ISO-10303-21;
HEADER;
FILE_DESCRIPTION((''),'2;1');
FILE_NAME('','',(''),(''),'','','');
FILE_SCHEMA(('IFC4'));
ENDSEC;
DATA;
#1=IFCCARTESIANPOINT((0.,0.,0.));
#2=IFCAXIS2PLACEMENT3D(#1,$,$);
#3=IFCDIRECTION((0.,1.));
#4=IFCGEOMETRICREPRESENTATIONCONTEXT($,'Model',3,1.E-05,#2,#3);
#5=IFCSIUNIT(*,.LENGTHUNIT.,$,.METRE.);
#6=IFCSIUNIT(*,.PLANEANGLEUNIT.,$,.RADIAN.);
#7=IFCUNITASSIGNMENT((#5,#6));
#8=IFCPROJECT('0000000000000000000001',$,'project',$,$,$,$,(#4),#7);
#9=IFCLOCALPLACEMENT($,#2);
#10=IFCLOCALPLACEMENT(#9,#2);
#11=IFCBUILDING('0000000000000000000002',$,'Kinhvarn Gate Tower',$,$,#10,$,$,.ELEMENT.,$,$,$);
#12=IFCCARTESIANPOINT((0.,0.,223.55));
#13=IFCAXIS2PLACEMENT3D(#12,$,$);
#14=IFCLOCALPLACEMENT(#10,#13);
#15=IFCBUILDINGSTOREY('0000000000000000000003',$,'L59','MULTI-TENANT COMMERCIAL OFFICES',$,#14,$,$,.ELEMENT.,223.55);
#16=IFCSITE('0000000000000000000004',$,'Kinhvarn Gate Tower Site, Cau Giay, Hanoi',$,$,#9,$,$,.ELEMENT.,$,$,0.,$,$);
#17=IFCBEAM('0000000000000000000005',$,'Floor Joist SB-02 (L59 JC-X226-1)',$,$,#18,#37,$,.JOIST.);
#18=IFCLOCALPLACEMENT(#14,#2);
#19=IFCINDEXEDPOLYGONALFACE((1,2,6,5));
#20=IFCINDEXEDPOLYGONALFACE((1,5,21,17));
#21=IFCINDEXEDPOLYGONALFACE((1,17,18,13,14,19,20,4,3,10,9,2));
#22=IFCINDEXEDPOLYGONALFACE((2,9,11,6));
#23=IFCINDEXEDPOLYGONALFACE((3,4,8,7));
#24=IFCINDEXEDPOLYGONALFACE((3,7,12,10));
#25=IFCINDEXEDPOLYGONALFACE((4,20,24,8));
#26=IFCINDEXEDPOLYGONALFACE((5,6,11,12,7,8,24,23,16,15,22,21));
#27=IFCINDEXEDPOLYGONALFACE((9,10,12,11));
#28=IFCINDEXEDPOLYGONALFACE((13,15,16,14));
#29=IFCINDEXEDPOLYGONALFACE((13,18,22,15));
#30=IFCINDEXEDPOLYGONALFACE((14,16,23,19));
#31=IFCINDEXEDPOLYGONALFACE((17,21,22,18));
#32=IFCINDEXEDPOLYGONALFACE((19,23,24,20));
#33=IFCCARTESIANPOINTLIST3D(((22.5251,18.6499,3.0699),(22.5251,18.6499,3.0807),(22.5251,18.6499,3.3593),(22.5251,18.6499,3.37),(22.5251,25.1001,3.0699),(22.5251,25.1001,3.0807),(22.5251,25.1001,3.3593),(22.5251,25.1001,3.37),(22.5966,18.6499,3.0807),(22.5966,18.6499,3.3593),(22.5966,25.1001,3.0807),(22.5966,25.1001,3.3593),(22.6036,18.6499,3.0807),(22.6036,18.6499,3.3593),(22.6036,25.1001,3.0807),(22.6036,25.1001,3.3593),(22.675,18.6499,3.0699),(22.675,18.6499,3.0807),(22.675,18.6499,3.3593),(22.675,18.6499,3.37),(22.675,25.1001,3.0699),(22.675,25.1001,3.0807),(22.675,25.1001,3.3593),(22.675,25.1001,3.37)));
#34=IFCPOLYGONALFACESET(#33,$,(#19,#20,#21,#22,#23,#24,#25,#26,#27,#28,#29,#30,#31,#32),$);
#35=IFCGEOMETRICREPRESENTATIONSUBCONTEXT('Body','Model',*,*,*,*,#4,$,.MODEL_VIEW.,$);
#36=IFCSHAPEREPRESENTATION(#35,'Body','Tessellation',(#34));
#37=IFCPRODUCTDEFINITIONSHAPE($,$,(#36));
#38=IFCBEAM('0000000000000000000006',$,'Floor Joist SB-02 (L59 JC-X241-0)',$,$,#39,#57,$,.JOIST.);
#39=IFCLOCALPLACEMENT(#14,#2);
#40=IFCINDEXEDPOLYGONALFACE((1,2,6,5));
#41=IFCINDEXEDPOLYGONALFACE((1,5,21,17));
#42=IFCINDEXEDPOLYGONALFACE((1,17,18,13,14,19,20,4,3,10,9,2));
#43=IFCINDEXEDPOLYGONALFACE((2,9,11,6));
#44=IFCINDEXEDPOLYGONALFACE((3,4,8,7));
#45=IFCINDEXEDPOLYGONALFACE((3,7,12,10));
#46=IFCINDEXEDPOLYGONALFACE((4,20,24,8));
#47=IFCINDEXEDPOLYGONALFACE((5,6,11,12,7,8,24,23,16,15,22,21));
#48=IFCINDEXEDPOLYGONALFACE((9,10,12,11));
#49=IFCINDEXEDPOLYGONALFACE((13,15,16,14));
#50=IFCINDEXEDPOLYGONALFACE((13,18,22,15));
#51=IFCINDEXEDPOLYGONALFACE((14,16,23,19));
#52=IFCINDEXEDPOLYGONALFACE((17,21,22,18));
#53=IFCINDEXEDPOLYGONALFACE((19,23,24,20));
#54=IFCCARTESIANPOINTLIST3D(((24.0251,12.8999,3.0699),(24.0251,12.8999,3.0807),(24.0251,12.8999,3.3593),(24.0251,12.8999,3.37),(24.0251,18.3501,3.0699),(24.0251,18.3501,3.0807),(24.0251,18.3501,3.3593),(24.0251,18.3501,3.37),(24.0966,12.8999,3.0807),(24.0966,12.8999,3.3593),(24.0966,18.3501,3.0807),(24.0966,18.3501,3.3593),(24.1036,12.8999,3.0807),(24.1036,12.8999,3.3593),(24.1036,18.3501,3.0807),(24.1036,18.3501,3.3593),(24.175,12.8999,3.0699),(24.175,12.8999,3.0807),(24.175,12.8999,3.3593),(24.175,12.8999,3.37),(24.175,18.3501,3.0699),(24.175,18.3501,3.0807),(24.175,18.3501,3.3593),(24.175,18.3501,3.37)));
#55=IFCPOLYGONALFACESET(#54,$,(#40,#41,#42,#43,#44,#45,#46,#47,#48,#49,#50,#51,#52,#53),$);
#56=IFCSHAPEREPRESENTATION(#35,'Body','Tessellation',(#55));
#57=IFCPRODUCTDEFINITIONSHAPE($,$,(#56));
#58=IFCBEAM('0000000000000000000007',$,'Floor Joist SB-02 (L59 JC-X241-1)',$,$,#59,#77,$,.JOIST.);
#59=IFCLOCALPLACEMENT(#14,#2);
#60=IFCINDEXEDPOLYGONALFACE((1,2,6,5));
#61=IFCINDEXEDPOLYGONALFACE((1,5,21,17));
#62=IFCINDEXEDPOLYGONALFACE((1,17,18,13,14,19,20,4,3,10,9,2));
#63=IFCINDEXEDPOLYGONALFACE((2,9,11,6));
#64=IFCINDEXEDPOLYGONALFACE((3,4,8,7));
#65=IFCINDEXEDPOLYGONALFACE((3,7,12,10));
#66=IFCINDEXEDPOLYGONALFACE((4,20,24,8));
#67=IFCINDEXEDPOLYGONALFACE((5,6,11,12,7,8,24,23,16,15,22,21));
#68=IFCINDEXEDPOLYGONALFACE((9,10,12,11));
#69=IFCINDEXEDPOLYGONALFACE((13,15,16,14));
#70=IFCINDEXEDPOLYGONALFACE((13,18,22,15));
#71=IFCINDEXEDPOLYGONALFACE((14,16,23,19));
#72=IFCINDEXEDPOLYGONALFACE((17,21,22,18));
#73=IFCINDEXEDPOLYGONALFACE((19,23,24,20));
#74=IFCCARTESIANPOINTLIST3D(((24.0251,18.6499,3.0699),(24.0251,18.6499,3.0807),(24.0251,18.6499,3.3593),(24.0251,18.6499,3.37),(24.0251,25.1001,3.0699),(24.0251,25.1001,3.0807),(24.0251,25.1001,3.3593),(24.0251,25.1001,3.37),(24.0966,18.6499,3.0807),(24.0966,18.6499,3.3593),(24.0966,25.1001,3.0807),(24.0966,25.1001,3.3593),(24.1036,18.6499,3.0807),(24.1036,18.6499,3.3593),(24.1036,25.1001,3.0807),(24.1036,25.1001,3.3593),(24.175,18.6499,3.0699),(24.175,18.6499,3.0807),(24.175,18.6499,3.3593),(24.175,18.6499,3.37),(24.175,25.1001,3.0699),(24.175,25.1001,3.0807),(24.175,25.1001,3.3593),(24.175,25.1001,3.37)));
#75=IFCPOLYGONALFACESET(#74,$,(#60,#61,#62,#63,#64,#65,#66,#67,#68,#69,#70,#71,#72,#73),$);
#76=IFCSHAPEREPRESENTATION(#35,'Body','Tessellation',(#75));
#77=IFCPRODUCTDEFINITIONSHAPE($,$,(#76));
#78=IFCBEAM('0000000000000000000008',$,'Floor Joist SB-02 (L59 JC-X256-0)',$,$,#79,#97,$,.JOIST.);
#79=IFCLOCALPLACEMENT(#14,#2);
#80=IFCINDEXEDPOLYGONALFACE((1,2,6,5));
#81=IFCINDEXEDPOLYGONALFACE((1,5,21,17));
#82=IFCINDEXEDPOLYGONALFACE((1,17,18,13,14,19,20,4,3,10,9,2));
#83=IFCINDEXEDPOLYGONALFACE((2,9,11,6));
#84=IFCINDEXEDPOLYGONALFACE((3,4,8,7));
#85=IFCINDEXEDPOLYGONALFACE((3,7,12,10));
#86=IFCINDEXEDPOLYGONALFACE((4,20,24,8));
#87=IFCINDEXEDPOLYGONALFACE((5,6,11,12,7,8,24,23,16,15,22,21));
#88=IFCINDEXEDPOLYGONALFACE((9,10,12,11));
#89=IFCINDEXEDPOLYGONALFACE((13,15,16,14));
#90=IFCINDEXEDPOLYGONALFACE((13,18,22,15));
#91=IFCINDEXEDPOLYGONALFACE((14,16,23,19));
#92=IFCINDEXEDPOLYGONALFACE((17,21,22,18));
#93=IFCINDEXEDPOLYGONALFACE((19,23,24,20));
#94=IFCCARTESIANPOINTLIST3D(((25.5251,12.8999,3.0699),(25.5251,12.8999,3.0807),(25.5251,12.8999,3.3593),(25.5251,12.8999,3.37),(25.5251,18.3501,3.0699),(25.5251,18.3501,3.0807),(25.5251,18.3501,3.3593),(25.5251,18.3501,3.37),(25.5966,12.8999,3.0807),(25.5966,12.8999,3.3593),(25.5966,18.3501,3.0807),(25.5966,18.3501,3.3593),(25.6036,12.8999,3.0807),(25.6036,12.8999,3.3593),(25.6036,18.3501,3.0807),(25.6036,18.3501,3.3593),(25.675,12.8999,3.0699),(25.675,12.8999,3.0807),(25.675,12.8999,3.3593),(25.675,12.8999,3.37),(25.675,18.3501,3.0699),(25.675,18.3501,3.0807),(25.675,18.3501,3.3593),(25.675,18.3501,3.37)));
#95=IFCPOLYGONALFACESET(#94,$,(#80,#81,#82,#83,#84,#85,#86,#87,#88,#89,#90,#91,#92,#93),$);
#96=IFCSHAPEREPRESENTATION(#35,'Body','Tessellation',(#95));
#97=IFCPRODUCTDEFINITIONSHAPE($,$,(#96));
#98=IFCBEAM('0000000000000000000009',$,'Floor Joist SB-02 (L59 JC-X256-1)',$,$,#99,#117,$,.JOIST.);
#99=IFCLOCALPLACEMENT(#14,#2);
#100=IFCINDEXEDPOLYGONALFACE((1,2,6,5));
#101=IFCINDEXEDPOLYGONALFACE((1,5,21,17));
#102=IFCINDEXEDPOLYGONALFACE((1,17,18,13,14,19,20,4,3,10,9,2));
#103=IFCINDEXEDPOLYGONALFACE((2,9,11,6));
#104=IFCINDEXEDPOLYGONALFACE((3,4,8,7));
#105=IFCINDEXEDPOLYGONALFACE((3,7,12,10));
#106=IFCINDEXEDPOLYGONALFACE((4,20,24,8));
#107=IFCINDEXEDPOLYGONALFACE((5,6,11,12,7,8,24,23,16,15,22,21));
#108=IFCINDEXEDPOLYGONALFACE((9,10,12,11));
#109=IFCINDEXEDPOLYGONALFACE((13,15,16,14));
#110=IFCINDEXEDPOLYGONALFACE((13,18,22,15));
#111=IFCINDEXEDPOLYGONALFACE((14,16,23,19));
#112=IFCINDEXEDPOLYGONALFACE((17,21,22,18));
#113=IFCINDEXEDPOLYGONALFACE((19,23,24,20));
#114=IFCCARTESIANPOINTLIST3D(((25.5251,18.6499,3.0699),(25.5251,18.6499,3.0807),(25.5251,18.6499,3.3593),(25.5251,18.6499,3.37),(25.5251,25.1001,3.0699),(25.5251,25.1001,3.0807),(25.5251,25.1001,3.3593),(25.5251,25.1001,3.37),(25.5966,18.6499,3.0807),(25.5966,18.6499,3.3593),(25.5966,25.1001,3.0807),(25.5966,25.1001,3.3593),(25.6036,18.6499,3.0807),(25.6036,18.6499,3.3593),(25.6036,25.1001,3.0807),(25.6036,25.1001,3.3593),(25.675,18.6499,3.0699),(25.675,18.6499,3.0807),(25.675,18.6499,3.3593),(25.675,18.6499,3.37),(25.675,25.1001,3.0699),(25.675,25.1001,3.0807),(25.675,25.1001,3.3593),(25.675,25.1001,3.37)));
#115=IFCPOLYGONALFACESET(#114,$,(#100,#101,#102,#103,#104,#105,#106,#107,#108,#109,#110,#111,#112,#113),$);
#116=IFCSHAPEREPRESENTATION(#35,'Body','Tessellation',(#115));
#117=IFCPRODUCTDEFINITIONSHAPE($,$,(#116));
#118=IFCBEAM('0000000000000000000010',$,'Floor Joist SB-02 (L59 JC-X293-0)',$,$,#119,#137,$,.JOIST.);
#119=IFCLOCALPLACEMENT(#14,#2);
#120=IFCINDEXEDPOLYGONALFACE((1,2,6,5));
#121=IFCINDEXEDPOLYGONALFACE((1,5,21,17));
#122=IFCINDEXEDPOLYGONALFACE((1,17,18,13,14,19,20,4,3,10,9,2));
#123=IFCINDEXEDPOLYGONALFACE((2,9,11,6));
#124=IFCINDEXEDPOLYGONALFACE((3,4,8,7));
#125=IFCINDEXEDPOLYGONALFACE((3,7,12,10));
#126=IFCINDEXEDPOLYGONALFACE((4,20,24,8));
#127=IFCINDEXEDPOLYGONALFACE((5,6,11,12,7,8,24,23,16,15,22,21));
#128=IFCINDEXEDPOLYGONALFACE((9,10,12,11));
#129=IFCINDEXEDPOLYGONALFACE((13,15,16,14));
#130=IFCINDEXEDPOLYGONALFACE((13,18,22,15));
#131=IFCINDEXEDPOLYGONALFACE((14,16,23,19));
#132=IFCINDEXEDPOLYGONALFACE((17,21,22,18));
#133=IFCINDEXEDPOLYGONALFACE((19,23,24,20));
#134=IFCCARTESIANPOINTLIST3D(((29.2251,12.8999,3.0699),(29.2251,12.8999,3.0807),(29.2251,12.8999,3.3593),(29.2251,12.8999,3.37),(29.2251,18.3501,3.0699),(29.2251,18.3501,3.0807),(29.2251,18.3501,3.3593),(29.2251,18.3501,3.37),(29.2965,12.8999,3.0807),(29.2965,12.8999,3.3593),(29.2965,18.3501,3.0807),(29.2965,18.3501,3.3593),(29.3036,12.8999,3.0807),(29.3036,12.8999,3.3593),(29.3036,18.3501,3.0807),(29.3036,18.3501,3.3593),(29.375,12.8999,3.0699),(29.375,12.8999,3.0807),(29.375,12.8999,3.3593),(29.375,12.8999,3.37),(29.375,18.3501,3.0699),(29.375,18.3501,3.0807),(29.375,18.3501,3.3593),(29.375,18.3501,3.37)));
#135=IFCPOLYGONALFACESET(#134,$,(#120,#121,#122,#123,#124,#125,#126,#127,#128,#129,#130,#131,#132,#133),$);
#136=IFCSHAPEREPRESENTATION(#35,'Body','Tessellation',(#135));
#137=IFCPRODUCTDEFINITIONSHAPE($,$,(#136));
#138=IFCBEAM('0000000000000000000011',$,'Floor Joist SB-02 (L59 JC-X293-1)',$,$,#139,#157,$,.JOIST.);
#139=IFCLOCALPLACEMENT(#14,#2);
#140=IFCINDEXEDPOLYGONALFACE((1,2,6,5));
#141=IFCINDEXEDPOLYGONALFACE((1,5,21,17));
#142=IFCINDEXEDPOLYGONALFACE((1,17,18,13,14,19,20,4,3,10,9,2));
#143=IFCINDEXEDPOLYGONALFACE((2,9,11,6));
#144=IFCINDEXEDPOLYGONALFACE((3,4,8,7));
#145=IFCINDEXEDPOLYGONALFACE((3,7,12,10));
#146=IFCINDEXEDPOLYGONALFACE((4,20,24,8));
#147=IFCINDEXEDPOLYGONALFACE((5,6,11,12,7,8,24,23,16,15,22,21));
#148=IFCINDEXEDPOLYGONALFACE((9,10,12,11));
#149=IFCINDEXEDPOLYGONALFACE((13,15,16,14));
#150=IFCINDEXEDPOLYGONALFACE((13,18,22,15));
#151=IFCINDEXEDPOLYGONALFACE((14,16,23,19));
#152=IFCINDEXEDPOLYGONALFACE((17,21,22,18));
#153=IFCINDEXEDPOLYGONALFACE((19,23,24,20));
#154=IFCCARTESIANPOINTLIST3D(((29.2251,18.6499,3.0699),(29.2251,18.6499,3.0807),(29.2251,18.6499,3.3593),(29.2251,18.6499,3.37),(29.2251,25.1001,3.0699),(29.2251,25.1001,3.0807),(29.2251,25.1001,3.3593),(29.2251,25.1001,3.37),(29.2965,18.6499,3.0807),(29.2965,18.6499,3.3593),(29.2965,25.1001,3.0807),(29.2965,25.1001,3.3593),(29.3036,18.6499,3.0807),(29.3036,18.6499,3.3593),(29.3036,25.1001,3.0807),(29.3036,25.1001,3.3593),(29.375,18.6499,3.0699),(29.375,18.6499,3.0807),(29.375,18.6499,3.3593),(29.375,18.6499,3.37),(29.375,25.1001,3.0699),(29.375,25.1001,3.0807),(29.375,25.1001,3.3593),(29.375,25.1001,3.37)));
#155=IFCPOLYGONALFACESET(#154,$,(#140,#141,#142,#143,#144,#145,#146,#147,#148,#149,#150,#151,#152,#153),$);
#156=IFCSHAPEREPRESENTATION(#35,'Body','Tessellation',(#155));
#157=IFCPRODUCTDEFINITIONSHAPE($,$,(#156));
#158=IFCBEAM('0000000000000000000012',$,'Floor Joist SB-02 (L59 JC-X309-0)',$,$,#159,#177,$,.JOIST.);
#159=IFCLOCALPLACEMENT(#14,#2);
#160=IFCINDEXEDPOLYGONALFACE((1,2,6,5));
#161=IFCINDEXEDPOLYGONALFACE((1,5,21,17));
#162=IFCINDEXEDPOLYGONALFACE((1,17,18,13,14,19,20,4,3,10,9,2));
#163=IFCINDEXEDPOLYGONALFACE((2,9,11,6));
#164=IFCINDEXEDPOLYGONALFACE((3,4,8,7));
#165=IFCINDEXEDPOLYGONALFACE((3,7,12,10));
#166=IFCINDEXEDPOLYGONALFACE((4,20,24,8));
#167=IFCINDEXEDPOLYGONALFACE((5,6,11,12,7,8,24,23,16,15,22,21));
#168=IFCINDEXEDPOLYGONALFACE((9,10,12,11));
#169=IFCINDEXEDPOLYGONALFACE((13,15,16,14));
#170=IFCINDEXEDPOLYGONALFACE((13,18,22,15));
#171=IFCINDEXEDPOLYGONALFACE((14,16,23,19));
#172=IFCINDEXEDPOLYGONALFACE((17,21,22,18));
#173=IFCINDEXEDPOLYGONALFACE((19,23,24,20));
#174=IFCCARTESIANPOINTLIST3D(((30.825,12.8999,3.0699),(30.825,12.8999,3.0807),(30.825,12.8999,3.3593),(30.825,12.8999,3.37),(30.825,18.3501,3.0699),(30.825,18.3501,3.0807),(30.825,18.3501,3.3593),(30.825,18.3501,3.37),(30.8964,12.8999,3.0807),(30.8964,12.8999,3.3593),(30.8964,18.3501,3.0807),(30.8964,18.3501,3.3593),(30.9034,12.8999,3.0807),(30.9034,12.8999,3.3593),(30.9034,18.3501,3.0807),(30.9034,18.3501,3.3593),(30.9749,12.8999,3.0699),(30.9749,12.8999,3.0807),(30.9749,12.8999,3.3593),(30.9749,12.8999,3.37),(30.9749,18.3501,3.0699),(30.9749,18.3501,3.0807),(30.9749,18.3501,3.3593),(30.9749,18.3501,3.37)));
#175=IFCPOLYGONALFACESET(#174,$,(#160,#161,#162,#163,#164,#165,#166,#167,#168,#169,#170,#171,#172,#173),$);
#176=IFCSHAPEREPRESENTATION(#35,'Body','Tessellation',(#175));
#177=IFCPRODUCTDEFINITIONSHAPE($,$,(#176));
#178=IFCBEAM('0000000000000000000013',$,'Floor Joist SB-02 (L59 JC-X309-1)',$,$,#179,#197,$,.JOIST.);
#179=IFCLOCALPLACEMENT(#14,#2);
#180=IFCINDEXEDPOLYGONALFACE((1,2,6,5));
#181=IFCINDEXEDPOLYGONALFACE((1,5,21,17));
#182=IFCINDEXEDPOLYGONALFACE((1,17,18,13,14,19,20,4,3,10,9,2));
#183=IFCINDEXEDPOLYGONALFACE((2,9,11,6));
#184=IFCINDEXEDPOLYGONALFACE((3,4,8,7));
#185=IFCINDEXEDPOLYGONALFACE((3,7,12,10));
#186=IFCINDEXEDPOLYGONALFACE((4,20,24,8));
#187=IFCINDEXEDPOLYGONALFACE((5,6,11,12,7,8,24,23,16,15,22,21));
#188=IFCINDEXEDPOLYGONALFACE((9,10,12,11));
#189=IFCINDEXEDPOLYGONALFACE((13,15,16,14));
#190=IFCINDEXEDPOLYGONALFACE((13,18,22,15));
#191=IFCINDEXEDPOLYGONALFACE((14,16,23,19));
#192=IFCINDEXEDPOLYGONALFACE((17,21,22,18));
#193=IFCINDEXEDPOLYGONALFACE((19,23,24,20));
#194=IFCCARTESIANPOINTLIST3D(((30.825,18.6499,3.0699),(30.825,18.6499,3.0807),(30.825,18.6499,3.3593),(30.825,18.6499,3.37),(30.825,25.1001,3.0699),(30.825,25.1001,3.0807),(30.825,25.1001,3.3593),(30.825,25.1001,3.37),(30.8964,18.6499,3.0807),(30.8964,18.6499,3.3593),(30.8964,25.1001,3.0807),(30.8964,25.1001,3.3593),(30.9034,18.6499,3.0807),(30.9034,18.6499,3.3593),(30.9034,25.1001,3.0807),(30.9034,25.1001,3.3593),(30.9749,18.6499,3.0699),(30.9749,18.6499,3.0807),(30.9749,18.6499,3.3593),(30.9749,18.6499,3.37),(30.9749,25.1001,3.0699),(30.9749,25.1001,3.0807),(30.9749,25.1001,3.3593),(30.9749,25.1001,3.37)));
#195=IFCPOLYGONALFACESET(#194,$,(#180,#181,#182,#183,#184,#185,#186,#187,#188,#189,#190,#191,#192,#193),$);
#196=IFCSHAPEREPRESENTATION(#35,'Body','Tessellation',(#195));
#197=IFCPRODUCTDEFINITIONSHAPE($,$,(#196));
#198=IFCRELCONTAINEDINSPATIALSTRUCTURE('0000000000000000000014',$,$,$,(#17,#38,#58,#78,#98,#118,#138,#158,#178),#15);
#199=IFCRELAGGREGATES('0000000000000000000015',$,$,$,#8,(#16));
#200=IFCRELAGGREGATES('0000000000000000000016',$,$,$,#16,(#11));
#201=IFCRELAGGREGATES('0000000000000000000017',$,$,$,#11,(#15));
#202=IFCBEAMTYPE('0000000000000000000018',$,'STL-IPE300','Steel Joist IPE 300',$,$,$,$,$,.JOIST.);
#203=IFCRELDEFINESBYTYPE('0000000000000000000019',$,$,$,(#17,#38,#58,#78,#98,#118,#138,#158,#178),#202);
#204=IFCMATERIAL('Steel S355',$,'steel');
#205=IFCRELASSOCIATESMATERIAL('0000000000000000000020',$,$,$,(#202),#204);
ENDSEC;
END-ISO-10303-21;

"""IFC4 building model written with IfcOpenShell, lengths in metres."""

from ifc_helpers import new_model, si_unit, direction, frame, origin, origin_2d, place, context, subcontext, project, spatial, i_section, extrude, material, material_profile, profile_set, type_object, element, save


model = new_model("IFC4")

# Units and contexts
model_context = context("Model", 3, precision=1e-05, world=origin(), true_north=direction((0.0, 1.0)))
body_context = subcontext(model_context, "Body", "Model", "MODEL_VIEW")
ifc_project = project(units=[si_unit("LENGTHUNIT", "METRE"), si_unit("PLANEANGLEUNIT", "RADIAN")], contexts=[model_context])

# Site, building, storey
site_placement = place(None, origin())
site = spatial("IfcSite", under=ifc_project, at=site_placement, Name="Kinhvarn Gate Tower Site, Cau Giay, Hanoi", CompositionType="ELEMENT", RefElevation=0.0)
building_placement = place(site_placement, origin())
building = spatial("IfcBuilding", under=site, at=building_placement, Name="Kinhvarn Gate Tower", CompositionType="ELEMENT")
storey_placement = place(building_placement, frame((0.0, 0.0, 223.55)))
storey = spatial("IfcBuildingStorey", under=building, at=storey_placement, Name="L59", Description="MULTI-TENANT COMMERCIAL OFFICES", CompositionType="ELEMENT", Elevation=223.55)

# Beams
ifc_material_1 = material(Name="Steel S355", Category="steel")
ifc_material_profile = material_profile(ifc_material_1, i_section(OverallWidth=0.1499, OverallDepth=0.3, WebThickness=0.0071, FlangeThickness=0.0107, at=origin_2d()), Name="IPE 300")
ifc_profile_set = profile_set([ifc_material_profile], Name="Steel S355")
beam_type = type_object("IfcBeamType", Name="STL-IPE300", Description="Steel Joist IPE 300", PredefinedType="JOIST", material=ifc_profile_set)
beam_1_placement = place(storey_placement, frame((22.6001, 18.6499, 3.22), z_axis=(0.0, 1.0, 0.0), x_axis=(-1.0, 0.0, 0.0)))
element("IfcBeam", 1, at=beam_1_placement, inside=storey, type_object=beam_type, Name="Floor Joist SB-02 (L59 JC-X226-1)", PredefinedType="JOIST", context=body_context, shape_type="SweptSolid", body=[
    extrude(i_section(OverallWidth=0.1499, OverallDepth=0.3, WebThickness=0.0071, FlangeThickness=0.0107, at=origin_2d()), origin(), (0.0, 0.0, 1.0), 6.4502),
])
beam_2_placement = place(storey_placement, frame((24.1001, 12.8999, 3.22), z_axis=(0.0, 1.0, 0.0), x_axis=(-1.0, 0.0, 0.0)))
element("IfcBeam", 2, at=beam_2_placement, inside=storey, type_object=beam_type, Name="Floor Joist SB-02 (L59 JC-X241-0)", PredefinedType="JOIST", context=body_context, shape_type="SweptSolid", body=[
    extrude(i_section(OverallWidth=0.1499, OverallDepth=0.3, WebThickness=0.0071, FlangeThickness=0.0107, at=origin_2d()), origin(), (0.0, 0.0, 1.0), 5.4502),
])
beam_3_placement = place(storey_placement, frame((24.1001, 18.6499, 3.22), z_axis=(0.0, 1.0, 0.0), x_axis=(-1.0, 0.0, 0.0)))
element("IfcBeam", 3, at=beam_3_placement, inside=storey, type_object=beam_type, Name="Floor Joist SB-02 (L59 JC-X241-1)", PredefinedType="JOIST", context=body_context, shape_type="SweptSolid", body=[
    extrude(i_section(OverallWidth=0.1499, OverallDepth=0.3, WebThickness=0.0071, FlangeThickness=0.0107, at=origin_2d()), origin(), (0.0, 0.0, 1.0), 6.4502),
])
beam_4_placement = place(storey_placement, frame((25.6001, 12.8999, 3.22), z_axis=(0.0, 1.0, 0.0), x_axis=(-1.0, 0.0, 0.0)))
element("IfcBeam", 4, at=beam_4_placement, inside=storey, type_object=beam_type, Name="Floor Joist SB-02 (L59 JC-X256-0)", PredefinedType="JOIST", context=body_context, shape_type="SweptSolid", body=[
    extrude(i_section(OverallWidth=0.1499, OverallDepth=0.3, WebThickness=0.0071, FlangeThickness=0.0107, at=origin_2d()), origin(), (0.0, 0.0, 1.0), 5.4502),
])
beam_5_placement = place(storey_placement, frame((25.6001, 18.6499, 3.22), z_axis=(0.0, 1.0, 0.0), x_axis=(-1.0, 0.0, 0.0)))
element("IfcBeam", 5, at=beam_5_placement, inside=storey, type_object=beam_type, Name="Floor Joist SB-02 (L59 JC-X256-1)", PredefinedType="JOIST", context=body_context, shape_type="SweptSolid", body=[
    extrude(i_section(OverallWidth=0.1499, OverallDepth=0.3, WebThickness=0.0071, FlangeThickness=0.0107, at=origin_2d()), origin(), (0.0, 0.0, 1.0), 6.4502),
])
beam_6_placement = place(storey_placement, frame((29.3, 12.8999, 3.22), z_axis=(0.0, 1.0, 0.0), x_axis=(-1.0, 0.0, 0.0)))
element("IfcBeam", 6, at=beam_6_placement, inside=storey, type_object=beam_type, Name="Floor Joist SB-02 (L59 JC-X293-0)", PredefinedType="JOIST", context=body_context, shape_type="SweptSolid", body=[
    extrude(i_section(OverallWidth=0.1499, OverallDepth=0.3, WebThickness=0.0071, FlangeThickness=0.0107, at=origin_2d()), origin(), (0.0, 0.0, 1.0), 5.4502),
])
beam_7_placement = place(storey_placement, frame((29.3, 18.6499, 3.22), z_axis=(0.0, 1.0, 0.0), x_axis=(-1.0, 0.0, 0.0)))
element("IfcBeam", 7, at=beam_7_placement, inside=storey, type_object=beam_type, Name="Floor Joist SB-02 (L59 JC-X293-1)", PredefinedType="JOIST", context=body_context, shape_type="SweptSolid", body=[
    extrude(i_section(OverallWidth=0.1499, OverallDepth=0.3, WebThickness=0.0071, FlangeThickness=0.0107, at=origin_2d()), origin(), (0.0, 0.0, 1.0), 6.4502),
])
beam_8_placement = place(storey_placement, frame((30.8999, 12.8999, 3.22), z_axis=(0.0, 1.0, 0.0), x_axis=(-1.0, 0.0, 0.0)))
element("IfcBeam", 8, at=beam_8_placement, inside=storey, type_object=beam_type, Name="Floor Joist SB-02 (L59 JC-X309-0)", PredefinedType="JOIST", context=body_context, shape_type="SweptSolid", body=[
    extrude(i_section(OverallWidth=0.1499, OverallDepth=0.3, WebThickness=0.0071, FlangeThickness=0.0107, at=origin_2d()), origin(), (0.0, 0.0, 1.0), 5.4502),
])
beam_9_placement = place(storey_placement, frame((30.8999, 18.6499, 3.22), z_axis=(0.0, 1.0, 0.0), x_axis=(-1.0, 0.0, 0.0)))
element("IfcBeam", 9, at=beam_9_placement, inside=storey, type_object=beam_type, Name="Floor Joist SB-02 (L59 JC-X309-1)", PredefinedType="JOIST", context=body_context, shape_type="SweptSolid", body=[
    extrude(i_section(OverallWidth=0.1499, OverallDepth=0.3, WebThickness=0.0071, FlangeThickness=0.0107, at=origin_2d()), origin(), (0.0, 0.0, 1.0), 6.4502),
])

save(model, "model.ifc")
